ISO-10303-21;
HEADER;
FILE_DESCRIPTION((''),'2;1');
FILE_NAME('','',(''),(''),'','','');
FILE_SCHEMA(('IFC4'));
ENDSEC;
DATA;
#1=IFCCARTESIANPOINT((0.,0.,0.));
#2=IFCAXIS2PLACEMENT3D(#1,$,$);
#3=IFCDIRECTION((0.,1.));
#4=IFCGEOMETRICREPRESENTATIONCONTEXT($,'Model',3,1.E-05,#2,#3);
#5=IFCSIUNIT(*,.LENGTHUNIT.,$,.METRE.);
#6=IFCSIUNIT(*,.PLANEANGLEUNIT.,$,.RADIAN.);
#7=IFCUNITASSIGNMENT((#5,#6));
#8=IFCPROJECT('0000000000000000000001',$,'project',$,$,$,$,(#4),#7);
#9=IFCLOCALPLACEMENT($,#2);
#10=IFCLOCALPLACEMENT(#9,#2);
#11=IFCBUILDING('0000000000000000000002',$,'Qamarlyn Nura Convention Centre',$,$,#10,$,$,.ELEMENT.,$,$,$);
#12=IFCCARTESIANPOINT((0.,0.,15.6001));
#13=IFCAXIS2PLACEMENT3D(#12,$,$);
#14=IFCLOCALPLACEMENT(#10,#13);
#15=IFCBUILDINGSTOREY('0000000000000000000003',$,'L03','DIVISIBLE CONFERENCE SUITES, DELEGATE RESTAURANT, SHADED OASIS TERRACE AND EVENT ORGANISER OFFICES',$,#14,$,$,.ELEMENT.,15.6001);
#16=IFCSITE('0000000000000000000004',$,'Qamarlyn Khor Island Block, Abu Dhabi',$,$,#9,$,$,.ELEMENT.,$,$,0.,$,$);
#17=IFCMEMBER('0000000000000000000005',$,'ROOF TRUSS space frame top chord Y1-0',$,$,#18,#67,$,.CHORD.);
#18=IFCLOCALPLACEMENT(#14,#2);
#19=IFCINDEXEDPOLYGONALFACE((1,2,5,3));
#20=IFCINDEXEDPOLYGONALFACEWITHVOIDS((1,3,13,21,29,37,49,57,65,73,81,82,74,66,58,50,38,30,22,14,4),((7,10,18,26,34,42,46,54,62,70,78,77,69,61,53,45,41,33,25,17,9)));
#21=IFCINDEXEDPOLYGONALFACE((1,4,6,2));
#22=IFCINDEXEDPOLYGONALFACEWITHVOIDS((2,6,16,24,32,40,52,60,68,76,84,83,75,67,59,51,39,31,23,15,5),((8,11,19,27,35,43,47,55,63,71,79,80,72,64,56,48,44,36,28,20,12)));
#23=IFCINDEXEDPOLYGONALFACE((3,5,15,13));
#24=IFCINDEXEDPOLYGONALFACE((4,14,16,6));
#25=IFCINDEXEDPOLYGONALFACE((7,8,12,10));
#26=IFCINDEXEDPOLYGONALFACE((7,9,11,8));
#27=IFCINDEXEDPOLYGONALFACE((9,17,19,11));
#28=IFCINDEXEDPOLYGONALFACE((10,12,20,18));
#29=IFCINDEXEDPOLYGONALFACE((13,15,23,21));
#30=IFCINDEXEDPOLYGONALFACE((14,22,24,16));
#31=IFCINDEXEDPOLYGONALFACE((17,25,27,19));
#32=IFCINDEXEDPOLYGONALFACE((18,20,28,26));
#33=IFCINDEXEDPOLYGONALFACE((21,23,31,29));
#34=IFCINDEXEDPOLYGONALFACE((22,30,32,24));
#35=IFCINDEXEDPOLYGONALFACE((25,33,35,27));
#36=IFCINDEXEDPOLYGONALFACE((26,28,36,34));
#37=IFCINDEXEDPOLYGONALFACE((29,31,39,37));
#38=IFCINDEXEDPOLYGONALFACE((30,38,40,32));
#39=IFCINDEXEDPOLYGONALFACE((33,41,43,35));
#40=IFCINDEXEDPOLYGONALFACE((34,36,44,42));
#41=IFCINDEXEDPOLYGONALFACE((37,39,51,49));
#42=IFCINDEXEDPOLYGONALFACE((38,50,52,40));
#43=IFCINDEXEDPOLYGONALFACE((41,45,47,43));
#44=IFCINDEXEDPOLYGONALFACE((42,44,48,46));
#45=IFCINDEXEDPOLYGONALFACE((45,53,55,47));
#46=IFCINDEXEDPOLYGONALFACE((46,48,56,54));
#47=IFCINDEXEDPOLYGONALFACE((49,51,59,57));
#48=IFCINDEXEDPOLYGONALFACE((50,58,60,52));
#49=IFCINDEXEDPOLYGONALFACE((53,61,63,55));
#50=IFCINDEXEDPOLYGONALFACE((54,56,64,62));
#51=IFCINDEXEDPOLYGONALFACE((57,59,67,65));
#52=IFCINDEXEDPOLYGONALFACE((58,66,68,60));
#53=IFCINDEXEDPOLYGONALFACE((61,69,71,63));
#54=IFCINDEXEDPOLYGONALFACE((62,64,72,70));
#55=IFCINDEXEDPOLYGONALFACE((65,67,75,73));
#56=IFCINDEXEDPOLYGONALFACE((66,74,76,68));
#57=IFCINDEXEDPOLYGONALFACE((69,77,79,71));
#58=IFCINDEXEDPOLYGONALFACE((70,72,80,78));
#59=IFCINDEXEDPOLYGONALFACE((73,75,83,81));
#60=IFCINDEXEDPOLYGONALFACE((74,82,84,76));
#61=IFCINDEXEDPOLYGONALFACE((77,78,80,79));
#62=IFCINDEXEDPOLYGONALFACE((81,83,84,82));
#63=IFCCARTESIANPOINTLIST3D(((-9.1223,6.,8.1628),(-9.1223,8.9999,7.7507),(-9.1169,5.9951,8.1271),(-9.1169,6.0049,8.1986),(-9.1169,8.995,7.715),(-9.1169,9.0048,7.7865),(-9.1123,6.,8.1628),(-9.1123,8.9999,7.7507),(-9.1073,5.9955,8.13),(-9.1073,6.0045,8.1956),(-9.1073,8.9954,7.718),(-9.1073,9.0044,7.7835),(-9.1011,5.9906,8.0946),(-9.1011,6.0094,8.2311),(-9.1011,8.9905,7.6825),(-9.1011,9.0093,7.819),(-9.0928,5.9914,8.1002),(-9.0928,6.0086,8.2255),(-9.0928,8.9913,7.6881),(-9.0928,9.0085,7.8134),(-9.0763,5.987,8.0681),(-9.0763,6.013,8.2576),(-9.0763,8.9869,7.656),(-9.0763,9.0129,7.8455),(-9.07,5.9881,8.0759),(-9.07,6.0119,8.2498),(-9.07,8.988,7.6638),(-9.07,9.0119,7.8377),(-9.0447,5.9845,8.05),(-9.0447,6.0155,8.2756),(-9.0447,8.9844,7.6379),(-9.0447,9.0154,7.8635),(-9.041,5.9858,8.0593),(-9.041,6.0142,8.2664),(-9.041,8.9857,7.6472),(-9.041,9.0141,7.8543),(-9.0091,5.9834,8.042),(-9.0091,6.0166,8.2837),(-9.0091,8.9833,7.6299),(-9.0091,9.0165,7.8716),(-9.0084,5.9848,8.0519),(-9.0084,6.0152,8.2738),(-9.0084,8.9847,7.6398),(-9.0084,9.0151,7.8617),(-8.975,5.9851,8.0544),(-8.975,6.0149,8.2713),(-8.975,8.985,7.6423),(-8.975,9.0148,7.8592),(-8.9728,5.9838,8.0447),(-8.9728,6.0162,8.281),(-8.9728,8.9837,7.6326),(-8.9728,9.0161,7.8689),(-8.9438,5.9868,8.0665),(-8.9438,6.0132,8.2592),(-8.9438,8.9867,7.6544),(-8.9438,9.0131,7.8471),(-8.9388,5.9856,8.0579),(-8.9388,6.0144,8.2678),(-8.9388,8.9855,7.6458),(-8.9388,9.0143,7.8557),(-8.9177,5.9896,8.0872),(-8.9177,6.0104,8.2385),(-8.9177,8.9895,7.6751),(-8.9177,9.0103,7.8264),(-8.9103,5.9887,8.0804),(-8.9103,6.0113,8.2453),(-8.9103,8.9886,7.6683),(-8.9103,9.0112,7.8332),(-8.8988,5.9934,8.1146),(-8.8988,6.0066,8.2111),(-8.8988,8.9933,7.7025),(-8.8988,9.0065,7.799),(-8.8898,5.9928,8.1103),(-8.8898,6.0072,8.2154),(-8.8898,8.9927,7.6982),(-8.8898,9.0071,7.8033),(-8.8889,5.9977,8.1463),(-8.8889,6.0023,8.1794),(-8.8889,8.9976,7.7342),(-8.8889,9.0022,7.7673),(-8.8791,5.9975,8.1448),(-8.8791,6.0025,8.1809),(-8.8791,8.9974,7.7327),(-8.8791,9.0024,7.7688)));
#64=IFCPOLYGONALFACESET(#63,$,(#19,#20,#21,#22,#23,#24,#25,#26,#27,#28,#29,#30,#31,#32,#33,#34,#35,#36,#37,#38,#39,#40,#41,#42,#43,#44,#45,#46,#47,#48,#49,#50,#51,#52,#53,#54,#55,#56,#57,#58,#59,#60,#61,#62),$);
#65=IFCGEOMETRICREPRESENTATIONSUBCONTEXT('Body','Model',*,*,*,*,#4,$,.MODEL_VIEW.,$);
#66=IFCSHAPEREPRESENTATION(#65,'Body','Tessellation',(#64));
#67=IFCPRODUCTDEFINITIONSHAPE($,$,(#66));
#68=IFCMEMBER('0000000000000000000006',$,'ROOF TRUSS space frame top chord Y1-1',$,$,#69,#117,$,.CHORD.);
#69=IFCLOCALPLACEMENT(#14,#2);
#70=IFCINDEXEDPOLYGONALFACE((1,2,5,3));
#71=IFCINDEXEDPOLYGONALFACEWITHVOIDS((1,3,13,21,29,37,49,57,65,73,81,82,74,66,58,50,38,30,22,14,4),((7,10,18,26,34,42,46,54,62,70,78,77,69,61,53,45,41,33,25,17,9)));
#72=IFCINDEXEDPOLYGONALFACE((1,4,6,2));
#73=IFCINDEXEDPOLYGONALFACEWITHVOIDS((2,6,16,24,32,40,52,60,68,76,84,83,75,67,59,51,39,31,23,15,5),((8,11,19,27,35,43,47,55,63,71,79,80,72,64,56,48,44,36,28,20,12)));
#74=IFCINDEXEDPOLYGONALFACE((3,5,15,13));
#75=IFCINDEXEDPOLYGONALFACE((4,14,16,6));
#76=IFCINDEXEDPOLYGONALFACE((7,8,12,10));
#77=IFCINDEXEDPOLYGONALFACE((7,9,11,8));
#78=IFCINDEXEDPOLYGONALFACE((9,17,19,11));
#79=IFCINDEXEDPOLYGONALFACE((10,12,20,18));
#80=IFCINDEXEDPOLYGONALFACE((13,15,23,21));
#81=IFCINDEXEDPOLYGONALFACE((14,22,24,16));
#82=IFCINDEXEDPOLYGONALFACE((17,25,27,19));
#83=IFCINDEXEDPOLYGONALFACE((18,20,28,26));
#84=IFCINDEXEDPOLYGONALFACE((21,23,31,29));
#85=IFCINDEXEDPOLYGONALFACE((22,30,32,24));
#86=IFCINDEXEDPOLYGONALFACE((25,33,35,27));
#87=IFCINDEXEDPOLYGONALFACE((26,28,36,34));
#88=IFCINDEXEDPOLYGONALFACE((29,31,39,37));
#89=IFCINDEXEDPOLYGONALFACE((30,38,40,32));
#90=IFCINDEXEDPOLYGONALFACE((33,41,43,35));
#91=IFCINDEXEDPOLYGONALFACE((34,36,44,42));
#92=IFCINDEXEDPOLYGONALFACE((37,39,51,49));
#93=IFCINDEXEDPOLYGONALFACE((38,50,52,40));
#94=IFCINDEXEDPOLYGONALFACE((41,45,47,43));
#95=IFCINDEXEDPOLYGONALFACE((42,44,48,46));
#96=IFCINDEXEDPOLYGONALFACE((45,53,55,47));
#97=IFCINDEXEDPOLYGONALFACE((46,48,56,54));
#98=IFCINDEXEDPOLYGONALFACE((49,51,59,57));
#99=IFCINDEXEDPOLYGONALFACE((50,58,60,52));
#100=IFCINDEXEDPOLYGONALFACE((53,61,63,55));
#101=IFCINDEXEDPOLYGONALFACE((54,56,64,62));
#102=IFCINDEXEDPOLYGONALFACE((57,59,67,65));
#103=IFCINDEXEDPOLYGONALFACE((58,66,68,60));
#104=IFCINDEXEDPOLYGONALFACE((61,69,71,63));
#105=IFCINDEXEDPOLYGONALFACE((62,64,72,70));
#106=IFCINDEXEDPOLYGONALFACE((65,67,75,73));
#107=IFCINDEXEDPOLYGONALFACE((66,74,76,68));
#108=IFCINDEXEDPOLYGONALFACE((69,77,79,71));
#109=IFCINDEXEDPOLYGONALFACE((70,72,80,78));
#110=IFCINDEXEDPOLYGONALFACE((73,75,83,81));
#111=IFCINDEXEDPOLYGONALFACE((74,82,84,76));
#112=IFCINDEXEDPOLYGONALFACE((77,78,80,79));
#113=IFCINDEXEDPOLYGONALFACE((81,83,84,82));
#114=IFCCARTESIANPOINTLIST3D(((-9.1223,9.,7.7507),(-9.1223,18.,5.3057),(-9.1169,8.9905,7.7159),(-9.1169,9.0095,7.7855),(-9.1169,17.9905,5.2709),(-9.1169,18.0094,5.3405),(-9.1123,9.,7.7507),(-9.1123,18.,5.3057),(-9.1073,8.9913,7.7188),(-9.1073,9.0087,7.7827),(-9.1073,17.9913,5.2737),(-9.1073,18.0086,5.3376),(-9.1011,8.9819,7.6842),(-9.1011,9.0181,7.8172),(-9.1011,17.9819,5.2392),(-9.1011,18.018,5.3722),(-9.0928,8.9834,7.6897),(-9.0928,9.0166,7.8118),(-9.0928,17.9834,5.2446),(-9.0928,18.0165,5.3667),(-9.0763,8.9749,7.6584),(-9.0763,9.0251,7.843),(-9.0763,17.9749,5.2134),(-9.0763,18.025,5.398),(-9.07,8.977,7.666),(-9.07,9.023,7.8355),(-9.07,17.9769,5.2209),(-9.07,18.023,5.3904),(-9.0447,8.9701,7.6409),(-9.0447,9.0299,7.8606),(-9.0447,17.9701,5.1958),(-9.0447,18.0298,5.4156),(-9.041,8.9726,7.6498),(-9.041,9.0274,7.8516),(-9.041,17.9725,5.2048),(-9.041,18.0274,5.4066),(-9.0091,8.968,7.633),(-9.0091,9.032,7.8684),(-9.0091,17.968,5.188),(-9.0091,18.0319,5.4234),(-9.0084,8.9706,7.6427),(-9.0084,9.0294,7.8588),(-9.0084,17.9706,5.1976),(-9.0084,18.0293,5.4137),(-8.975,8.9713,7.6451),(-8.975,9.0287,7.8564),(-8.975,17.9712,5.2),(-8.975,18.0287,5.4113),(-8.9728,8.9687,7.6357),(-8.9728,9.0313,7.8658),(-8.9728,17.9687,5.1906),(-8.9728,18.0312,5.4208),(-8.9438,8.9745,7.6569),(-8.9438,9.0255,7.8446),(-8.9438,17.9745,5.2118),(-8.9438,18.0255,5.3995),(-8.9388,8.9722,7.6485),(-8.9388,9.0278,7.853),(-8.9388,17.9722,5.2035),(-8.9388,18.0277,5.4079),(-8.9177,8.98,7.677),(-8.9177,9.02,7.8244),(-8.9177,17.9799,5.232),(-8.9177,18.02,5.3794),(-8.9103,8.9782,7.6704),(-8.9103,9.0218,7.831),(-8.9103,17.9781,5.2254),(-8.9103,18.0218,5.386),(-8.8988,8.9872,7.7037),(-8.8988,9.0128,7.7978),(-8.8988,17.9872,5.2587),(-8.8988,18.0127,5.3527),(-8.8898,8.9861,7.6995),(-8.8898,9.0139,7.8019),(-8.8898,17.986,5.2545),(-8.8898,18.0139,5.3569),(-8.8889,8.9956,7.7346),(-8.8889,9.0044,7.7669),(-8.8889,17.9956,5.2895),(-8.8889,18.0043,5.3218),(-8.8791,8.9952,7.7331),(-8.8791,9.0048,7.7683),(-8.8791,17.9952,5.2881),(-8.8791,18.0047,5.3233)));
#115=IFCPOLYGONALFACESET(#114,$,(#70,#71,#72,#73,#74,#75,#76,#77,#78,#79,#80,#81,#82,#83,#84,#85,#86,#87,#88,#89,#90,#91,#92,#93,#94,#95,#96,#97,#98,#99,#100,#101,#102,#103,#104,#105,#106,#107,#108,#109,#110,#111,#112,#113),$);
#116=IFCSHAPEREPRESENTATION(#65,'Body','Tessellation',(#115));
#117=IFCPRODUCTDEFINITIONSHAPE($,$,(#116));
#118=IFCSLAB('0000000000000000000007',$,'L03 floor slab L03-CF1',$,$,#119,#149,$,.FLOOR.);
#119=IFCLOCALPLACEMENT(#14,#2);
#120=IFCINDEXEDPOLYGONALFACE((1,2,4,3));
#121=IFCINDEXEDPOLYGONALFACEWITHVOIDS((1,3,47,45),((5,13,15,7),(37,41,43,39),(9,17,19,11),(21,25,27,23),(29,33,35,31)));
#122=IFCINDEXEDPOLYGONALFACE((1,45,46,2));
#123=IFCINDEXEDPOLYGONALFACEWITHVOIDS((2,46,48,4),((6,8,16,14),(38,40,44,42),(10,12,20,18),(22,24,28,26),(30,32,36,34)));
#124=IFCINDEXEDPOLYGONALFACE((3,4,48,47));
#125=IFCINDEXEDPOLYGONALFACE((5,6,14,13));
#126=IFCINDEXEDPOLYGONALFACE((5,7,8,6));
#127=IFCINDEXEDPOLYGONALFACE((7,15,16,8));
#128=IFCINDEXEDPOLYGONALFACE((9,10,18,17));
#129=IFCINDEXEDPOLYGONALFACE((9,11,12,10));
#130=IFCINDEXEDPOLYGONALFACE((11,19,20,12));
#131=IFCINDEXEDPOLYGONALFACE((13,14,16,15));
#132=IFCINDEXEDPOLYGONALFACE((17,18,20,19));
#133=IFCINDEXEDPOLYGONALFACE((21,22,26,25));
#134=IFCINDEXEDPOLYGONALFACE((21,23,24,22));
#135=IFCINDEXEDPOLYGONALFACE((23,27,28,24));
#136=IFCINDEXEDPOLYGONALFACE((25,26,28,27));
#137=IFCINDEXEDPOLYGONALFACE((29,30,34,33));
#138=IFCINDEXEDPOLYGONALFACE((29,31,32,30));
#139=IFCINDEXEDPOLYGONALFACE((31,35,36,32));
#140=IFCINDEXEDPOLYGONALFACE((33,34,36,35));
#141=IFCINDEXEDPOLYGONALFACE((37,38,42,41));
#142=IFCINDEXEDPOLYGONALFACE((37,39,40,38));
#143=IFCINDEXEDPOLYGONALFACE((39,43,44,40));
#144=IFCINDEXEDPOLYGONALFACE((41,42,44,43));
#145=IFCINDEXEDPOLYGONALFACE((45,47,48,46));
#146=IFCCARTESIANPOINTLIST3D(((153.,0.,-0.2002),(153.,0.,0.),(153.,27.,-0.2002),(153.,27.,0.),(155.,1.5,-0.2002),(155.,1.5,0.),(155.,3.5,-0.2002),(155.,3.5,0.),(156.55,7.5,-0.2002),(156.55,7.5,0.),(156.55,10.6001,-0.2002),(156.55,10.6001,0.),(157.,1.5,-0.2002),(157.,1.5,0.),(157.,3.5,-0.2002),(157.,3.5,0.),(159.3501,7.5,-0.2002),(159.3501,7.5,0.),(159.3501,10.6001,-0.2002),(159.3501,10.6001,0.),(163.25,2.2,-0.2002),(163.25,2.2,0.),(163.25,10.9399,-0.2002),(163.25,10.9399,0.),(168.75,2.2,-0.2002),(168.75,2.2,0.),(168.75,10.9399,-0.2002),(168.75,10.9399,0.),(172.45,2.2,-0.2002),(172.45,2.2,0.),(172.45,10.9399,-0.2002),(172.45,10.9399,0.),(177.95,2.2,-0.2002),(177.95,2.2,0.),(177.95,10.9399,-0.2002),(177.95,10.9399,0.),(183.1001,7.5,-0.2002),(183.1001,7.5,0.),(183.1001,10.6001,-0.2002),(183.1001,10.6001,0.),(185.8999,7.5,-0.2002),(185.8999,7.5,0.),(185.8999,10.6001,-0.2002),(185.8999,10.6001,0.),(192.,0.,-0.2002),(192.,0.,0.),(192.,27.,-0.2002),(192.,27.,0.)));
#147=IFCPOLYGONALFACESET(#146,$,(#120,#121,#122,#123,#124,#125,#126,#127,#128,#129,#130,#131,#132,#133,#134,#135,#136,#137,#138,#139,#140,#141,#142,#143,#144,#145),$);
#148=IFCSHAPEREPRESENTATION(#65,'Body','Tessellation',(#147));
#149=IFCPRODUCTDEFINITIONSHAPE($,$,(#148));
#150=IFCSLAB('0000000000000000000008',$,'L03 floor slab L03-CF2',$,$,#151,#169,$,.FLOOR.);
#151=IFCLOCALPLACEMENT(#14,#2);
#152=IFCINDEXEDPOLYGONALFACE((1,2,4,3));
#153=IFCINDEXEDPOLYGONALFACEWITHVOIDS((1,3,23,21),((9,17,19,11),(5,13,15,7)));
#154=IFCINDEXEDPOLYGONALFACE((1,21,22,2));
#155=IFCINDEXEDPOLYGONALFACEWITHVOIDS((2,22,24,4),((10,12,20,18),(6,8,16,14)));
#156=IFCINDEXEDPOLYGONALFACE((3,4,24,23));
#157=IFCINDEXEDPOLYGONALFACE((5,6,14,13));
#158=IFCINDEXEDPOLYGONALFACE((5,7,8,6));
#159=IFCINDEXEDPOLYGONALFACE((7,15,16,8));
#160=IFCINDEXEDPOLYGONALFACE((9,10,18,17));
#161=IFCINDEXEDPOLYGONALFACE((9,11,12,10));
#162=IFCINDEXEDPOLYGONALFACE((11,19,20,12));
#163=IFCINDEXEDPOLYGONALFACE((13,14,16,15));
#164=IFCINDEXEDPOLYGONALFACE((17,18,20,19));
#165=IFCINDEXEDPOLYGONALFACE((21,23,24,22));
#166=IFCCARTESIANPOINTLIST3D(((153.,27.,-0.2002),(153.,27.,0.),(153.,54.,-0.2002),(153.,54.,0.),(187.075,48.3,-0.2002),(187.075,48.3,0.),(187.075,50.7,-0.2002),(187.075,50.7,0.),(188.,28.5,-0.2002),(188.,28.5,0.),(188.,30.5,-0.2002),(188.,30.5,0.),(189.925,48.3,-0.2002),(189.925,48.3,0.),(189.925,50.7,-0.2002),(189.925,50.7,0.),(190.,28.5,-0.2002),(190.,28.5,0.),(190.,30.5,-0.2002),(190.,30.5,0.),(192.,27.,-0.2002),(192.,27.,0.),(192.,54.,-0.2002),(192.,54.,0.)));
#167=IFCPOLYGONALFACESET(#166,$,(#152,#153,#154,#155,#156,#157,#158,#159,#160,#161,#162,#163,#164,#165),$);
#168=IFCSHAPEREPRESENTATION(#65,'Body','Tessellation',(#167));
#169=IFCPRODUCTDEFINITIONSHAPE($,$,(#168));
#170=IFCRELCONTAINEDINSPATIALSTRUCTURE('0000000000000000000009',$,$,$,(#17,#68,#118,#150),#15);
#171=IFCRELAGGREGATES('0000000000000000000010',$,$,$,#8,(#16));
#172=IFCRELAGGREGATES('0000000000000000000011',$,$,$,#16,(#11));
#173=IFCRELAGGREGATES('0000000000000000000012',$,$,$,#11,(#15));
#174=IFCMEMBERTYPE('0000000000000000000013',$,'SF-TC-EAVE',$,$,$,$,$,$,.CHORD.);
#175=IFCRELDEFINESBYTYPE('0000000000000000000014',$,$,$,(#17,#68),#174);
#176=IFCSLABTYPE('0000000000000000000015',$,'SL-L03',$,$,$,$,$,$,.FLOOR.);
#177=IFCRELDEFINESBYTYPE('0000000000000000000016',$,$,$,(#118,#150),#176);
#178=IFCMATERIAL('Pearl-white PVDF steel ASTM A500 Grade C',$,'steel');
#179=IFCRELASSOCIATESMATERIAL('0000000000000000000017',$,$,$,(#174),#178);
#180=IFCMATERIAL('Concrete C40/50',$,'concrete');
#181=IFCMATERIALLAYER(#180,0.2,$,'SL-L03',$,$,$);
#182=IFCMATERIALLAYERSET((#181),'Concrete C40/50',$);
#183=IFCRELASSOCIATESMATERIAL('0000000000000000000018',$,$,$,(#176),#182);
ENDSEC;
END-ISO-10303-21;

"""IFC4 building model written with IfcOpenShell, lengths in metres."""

from ifc_helpers import new_model, si_unit, direction, frame, origin, origin_2d, place, context, subcontext, project, spatial, polyline, hollow_circle, outline, extrude, material, layer, layer_set, material_profile, profile_set, type_object, element, save


model = new_model("IFC4")

# Units and contexts
model_context = context("Model", 3, precision=1e-05, world=origin(), true_north=direction((0.0, 1.0)))
body_context = subcontext(model_context, "Body", "Model", "MODEL_VIEW")
ifc_project = project(units=[si_unit("LENGTHUNIT", "METRE"), si_unit("PLANEANGLEUNIT", "RADIAN")], contexts=[model_context])

# Site, building, storey
site_placement = place(None, origin())
site = spatial("IfcSite", under=ifc_project, at=site_placement, Name="Qamarlyn Khor Island Block, Abu Dhabi", CompositionType="ELEMENT", RefElevation=0.0)
building_placement = place(site_placement, origin())
building = spatial("IfcBuilding", under=site, at=building_placement, Name="Qamarlyn Nura Convention Centre", CompositionType="ELEMENT")
storey_placement = place(building_placement, frame((0.0, 0.0, 15.6001)))
storey = spatial("IfcBuildingStorey", under=building, at=storey_placement, Name="L03", Description="DIVISIBLE CONFERENCE SUITES, DELEGATE RESTAURANT, SHADED OASIS TERRACE AND EVENT ORGANISER OFFICES", CompositionType="ELEMENT", Elevation=15.6001)

# Members
ifc_material_1 = material(Name="Pearl-white PVDF steel ASTM A500 Grade C", Category="steel")
ifc_material_profile = material_profile(ifc_material_1, hollow_circle(Radius=0.1223, WallThickness=0.01, at=origin_2d()), Name="CHS244.5X10")
ifc_profile_set = profile_set([ifc_material_profile], Name="Pearl-white PVDF steel ASTM A500 Grade C")
member_type = type_object("IfcMemberType", Name="SF-TC-EAVE", PredefinedType="CHORD", material=ifc_profile_set)
member_1_placement = place(storey_placement, frame((-9.0, 6.0, 8.1628), z_axis=(0.0, 0.990696, -0.136092), x_axis=(-1.0, 0.0, 0.0)))
element("IfcMember", 1, at=member_1_placement, inside=storey, type_object=member_type, Name="ROOF TRUSS space frame top chord Y1-0", PredefinedType="CHORD", context=body_context, shape_type="SweptSolid", body=[
    extrude(hollow_circle(Radius=0.1223, WallThickness=0.01, at=origin_2d()), origin(), (0.0, 0.0, 1.0), 3.0281),
])
member_2_placement = place(storey_placement, frame((-9.0, 9.0, 7.7507), z_axis=(0.0, 0.965021, -0.262171), x_axis=(-1.0, 0.0, 0.0)))
element("IfcMember", 2, at=member_2_placement, inside=storey, type_object=member_type, Name="ROOF TRUSS space frame top chord Y1-1", PredefinedType="CHORD", context=body_context, shape_type="SweptSolid", body=[
    extrude(hollow_circle(Radius=0.1223, WallThickness=0.01, at=origin_2d()), origin(), (0.0, 0.0, 1.0), 9.3262),
])

# Slabs
ifc_material_2 = material(Name="Concrete C40/50", Category="concrete")
ifc_layer_1 = layer(ifc_material_2, 0.2, Name="SL-L03")
ifc_layer_set_1 = layer_set([ifc_layer_1], Name="Concrete C40/50")
slab_type_1 = type_object("IfcSlabType", Name="SL-L03", PredefinedType="FLOOR", material=ifc_layer_set_1)
slab_1_placement = place(storey_placement, frame((0.0, 0.0, -0.2002)))
element("IfcSlab", 3, at=slab_1_placement, inside=storey, type_object=slab_type_1, Name="L03 floor slab L03-CF1", PredefinedType="FLOOR", context=body_context, shape_type="SweptSolid", body=[
    extrude(outline(polyline([(153.0, 27.0), (192.0, 27.0), (192.0, 0.0), (153.0, 0.0), (153.0, 27.0)]), holes=[polyline([(155.0, 3.5), (155.0, 1.5), (157.0, 1.5), (157.0, 3.5), (155.0, 3.5)]), polyline([(163.25, 2.2), (168.75, 2.2), (168.75, 10.9399), (163.25, 10.9399), (163.25, 2.2)]), polyline([(159.3501, 10.6001), (156.55, 10.6001), (156.55, 7.5), (159.3501, 7.5), (159.3501, 10.6001)]), polyline([(172.45, 2.2), (177.95, 2.2), (177.95, 10.9399), (172.45, 10.9399), (172.45, 2.2)]), polyline([(185.8999, 10.6001), (183.1001, 10.6001), (183.1001, 7.5), (185.8999, 7.5), (185.8999, 10.6001)])]), origin(), (0.0, 0.0, 1.0), 0.2002),
])
slab_2_placement = place(storey_placement, frame((0.0, 0.0, -0.2002)))
element("IfcSlab", 4, at=slab_2_placement, inside=storey, type_object=slab_type_1, Name="L03 floor slab L03-CF2", PredefinedType="FLOOR", context=body_context, shape_type="SweptSolid", body=[
    extrude(outline(polyline([(153.0, 54.0), (192.0, 54.0), (192.0, 27.0), (153.0, 27.0), (153.0, 54.0)]), holes=[polyline([(188.0, 30.5), (188.0, 28.5), (190.0, 28.5), (190.0, 30.5), (188.0, 30.5)]), polyline([(189.925, 50.7), (187.075, 50.7), (187.075, 48.3), (189.925, 48.3), (189.925, 50.7)])]), origin(), (0.0, 0.0, 1.0), 0.2002),
])

save(model, "model.ifc")
